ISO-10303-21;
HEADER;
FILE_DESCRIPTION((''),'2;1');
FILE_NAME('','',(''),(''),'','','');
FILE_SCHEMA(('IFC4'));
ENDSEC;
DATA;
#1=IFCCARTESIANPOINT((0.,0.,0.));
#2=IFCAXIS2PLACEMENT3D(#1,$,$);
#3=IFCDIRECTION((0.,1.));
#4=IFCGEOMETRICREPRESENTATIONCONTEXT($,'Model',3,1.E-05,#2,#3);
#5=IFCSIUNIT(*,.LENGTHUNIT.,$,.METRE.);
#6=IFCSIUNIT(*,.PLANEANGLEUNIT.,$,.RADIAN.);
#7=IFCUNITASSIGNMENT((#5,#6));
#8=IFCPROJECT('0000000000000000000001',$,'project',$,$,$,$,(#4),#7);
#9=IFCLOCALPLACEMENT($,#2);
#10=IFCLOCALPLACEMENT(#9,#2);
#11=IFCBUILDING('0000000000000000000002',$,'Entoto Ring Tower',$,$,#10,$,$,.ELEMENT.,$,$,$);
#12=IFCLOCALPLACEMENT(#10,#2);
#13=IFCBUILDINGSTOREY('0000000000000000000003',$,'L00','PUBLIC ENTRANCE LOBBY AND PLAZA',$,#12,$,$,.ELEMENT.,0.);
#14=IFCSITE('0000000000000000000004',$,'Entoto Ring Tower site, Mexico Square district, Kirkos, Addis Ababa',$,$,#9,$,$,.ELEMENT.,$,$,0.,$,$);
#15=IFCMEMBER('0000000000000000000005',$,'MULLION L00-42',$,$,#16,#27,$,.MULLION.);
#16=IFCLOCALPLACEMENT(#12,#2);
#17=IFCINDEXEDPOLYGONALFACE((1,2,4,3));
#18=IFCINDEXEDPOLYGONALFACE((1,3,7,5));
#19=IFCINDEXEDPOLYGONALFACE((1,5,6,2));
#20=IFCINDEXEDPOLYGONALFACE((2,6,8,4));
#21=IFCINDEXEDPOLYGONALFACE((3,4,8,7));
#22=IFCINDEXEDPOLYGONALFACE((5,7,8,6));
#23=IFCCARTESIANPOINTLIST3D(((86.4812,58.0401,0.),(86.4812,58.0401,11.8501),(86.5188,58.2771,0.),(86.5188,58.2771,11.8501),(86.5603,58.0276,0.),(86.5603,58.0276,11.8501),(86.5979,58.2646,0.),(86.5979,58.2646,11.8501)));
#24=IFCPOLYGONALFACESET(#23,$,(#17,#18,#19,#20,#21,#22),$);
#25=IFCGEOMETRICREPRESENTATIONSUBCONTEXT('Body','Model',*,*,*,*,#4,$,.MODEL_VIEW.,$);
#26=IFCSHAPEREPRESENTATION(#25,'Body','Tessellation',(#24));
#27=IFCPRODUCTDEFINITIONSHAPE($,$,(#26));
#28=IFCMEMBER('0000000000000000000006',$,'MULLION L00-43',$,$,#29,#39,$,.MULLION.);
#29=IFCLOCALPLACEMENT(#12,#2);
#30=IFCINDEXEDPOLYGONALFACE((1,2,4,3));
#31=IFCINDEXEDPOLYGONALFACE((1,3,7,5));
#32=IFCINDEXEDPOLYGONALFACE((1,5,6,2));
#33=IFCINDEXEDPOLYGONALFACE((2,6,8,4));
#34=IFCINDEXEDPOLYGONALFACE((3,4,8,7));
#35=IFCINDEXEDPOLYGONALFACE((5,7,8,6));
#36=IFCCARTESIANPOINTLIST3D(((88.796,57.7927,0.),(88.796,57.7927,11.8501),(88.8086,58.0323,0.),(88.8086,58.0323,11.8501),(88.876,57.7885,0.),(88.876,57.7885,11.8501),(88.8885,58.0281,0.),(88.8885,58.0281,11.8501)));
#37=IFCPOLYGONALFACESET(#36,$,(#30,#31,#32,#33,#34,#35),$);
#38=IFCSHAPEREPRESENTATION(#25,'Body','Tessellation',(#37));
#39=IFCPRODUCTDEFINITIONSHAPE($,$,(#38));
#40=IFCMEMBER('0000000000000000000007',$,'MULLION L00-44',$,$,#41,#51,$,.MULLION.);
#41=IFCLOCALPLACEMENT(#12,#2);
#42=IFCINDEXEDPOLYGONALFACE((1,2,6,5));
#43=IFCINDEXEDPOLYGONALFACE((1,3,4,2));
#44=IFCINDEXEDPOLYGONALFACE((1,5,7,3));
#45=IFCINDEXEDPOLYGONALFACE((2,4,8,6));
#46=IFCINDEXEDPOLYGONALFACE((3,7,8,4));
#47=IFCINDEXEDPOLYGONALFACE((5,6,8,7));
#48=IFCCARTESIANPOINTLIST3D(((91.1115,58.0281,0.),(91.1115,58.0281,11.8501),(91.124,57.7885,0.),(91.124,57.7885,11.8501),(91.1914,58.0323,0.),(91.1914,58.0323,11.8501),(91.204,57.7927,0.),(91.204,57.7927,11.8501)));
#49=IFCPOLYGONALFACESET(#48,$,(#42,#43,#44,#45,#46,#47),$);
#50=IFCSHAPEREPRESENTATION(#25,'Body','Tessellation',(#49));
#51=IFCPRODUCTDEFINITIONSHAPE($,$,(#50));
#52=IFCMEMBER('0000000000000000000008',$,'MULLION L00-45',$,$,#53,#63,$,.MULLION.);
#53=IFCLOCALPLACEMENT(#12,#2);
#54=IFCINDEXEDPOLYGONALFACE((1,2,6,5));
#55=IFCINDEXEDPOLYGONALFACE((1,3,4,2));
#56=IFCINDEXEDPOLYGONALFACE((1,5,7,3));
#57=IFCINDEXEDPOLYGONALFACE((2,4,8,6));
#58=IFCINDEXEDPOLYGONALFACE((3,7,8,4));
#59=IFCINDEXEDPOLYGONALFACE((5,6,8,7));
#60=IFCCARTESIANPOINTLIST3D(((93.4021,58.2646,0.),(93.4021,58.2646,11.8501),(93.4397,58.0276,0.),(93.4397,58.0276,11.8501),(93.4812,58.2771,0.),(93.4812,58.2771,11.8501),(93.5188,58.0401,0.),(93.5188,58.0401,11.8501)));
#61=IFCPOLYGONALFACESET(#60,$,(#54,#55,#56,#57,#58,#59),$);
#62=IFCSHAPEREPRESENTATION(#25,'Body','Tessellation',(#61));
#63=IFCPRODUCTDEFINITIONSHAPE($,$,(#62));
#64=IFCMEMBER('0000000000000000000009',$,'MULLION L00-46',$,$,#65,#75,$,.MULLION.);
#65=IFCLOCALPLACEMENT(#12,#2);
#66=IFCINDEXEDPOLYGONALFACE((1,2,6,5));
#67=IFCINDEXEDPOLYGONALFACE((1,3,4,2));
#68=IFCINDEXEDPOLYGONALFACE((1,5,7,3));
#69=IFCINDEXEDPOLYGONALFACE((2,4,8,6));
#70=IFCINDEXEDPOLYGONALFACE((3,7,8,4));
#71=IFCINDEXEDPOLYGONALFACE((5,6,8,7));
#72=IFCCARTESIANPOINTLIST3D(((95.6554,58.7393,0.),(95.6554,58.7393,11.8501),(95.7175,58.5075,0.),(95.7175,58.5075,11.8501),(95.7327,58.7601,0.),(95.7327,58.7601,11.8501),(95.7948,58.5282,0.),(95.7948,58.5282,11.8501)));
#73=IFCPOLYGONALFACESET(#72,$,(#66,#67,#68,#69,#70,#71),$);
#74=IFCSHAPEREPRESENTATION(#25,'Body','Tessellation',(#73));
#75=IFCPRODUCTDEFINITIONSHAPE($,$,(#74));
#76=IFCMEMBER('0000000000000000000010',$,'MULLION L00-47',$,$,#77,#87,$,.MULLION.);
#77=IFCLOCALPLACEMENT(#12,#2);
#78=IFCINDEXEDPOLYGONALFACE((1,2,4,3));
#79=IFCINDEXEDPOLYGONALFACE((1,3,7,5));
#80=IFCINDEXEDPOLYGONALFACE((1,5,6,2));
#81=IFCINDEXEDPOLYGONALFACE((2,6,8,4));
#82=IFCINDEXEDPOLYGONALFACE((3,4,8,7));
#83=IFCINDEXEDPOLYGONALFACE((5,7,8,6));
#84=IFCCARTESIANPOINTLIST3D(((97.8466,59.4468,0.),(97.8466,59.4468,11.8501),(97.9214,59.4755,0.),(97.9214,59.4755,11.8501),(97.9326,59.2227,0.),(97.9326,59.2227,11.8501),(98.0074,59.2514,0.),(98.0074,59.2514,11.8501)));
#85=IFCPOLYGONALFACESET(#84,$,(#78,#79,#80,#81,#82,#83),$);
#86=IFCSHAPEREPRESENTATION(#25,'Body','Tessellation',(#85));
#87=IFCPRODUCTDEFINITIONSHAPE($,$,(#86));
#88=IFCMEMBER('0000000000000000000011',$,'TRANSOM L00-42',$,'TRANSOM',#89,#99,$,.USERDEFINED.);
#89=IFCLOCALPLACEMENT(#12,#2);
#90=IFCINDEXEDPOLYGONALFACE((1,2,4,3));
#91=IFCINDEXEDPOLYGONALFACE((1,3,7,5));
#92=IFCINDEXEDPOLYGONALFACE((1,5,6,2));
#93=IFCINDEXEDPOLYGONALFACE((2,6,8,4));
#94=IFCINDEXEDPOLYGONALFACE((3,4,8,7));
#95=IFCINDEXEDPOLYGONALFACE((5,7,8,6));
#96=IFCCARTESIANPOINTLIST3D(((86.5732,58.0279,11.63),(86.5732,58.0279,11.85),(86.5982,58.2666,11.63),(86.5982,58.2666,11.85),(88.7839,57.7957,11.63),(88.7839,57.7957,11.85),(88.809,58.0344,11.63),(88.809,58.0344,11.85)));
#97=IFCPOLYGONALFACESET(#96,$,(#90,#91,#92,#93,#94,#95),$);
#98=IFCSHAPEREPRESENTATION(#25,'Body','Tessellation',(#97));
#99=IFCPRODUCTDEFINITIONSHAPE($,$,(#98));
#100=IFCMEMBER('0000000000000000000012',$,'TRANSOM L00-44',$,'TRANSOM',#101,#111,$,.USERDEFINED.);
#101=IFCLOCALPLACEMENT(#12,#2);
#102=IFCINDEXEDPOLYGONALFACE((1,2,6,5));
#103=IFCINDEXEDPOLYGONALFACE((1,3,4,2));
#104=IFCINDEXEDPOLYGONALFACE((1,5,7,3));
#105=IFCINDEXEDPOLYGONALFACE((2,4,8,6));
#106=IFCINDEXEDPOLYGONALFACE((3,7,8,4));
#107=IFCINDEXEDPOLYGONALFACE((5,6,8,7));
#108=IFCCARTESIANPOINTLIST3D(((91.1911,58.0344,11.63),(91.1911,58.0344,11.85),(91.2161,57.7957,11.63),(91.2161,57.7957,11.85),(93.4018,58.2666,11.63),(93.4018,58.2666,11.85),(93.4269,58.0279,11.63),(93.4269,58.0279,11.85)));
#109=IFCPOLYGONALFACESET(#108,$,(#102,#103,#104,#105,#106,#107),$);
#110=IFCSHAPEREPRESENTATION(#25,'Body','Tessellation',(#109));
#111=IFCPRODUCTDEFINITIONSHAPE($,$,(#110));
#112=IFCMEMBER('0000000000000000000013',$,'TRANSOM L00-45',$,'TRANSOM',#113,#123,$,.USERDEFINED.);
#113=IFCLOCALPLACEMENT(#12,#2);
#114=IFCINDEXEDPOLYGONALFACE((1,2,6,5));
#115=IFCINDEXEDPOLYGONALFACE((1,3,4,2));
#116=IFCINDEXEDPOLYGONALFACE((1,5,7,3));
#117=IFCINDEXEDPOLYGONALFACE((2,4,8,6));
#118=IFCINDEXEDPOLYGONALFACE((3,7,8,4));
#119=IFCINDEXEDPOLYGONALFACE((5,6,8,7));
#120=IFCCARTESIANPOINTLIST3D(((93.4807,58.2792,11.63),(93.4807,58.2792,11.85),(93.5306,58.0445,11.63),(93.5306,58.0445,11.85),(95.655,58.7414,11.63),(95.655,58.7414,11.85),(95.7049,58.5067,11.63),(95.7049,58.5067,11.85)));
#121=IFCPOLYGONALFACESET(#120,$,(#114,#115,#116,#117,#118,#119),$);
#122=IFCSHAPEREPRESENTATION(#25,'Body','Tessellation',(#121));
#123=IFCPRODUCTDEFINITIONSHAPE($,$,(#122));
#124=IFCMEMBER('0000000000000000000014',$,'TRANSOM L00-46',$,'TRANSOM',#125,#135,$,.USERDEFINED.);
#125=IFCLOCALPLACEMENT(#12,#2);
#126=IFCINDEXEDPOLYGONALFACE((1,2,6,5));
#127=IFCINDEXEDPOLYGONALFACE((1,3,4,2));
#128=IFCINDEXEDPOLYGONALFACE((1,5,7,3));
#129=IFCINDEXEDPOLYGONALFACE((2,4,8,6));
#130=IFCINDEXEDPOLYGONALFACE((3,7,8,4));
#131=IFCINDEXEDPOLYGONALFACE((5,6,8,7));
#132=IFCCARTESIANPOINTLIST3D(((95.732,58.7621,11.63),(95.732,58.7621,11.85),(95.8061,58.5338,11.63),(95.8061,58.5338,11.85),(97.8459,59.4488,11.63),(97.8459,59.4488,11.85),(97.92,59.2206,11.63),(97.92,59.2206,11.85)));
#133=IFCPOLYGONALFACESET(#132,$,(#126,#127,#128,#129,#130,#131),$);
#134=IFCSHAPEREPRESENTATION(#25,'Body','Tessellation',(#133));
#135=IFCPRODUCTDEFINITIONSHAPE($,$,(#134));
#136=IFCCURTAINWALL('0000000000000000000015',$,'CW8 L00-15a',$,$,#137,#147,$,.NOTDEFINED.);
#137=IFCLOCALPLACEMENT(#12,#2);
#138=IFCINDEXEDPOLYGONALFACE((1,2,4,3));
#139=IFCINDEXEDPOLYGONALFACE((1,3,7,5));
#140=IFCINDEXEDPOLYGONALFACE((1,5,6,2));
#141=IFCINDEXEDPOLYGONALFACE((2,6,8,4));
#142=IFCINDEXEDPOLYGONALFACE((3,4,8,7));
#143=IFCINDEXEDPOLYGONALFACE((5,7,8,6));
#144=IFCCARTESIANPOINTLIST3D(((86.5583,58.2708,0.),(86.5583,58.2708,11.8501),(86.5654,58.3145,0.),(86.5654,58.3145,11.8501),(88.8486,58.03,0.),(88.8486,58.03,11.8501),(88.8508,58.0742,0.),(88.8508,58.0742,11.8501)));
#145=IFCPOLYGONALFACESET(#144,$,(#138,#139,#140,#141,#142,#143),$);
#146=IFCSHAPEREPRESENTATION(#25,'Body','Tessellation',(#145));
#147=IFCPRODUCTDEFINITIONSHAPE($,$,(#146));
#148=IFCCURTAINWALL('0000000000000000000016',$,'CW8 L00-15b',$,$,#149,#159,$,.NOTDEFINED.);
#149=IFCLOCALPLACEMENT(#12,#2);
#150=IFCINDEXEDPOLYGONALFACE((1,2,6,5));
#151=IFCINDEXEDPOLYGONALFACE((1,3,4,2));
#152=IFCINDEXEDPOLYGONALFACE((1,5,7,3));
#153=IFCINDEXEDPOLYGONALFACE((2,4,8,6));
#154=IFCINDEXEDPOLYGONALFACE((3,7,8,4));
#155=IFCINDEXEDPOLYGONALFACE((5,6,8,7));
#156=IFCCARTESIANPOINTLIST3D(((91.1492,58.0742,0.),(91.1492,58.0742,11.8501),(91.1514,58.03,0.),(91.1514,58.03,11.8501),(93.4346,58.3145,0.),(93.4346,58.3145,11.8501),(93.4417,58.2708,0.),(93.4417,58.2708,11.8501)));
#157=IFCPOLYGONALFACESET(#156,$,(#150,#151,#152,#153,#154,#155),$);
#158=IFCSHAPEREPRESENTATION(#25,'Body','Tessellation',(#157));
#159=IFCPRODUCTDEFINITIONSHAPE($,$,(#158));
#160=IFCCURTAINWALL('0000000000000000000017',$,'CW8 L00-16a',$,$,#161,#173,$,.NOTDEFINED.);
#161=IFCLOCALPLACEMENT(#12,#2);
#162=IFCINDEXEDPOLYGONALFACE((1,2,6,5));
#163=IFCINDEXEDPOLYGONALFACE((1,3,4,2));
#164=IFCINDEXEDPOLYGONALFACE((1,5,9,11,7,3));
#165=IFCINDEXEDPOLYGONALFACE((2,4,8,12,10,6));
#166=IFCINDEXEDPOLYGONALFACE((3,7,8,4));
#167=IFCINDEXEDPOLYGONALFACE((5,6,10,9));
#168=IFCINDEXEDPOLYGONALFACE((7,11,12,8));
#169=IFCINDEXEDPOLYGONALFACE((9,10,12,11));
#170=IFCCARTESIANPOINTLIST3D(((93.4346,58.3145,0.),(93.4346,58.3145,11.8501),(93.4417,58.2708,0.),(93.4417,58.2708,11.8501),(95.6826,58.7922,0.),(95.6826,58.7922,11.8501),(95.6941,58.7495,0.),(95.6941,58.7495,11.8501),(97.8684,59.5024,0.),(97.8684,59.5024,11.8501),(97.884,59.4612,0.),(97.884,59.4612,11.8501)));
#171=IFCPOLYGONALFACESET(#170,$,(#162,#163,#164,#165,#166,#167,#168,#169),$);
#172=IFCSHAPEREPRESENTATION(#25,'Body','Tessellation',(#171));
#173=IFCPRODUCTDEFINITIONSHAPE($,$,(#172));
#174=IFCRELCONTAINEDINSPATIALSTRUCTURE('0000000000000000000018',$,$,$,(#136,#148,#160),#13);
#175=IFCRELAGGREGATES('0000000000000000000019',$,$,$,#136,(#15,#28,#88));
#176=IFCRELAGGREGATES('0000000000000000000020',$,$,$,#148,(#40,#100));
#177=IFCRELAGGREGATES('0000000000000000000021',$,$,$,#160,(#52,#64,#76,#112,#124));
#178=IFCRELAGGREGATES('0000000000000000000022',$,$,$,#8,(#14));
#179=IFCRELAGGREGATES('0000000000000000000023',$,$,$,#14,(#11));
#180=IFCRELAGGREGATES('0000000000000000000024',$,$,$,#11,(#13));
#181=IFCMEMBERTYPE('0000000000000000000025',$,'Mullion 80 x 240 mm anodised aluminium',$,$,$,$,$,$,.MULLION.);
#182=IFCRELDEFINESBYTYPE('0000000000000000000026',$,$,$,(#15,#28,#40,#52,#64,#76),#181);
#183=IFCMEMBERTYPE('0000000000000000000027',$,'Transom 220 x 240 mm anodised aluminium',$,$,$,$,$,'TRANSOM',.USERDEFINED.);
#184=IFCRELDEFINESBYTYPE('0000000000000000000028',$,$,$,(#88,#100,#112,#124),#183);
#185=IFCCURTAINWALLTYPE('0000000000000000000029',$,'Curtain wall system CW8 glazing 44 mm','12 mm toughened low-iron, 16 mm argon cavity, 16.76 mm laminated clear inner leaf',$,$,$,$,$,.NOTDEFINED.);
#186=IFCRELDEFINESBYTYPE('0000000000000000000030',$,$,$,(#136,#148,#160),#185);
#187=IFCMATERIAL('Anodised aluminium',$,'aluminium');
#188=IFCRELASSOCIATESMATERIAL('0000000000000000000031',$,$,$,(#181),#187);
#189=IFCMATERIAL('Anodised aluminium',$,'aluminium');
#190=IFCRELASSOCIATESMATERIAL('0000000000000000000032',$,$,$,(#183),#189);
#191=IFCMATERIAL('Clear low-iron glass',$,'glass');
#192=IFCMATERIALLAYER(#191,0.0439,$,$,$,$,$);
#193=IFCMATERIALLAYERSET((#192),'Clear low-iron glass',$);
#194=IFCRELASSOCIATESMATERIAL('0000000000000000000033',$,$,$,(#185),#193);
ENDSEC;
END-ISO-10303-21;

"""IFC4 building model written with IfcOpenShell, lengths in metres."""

from ifc_helpers import new_model, si_unit, direction, frame, origin, origin_2d, place, context, subcontext, project, spatial, polyline, rectangle, outline, extrude, material, layer, layer_set, material_profile, profile_set, type_object, element, aggregate, save


model = new_model("IFC4")

# Units and contexts
model_context = context("Model", 3, precision=1e-05, world=origin(), true_north=direction((0.0, 1.0)))
body_context = subcontext(model_context, "Body", "Model", "MODEL_VIEW")
ifc_project = project(units=[si_unit("LENGTHUNIT", "METRE"), si_unit("PLANEANGLEUNIT", "RADIAN")], contexts=[model_context])

# Members
ifc_material_1 = material(Name="Anodised aluminium", Category="aluminium")
ifc_material_profile_1 = material_profile(ifc_material_1, rectangle(XDim=0.0801, YDim=0.24, at=origin_2d()), Name="Mullion 80 x 240 mm anodised aluminium")
ifc_profile_set_1 = profile_set([ifc_material_profile_1], Name="Anodised aluminium")
member_type_1 = type_object("IfcMemberType", Name="Mullion 80 x 240 mm anodised aluminium", PredefinedType="MULLION", material=ifc_profile_set_1)
site_placement = place(None, origin())
building_placement = place(site_placement, origin())
storey_placement = place(building_placement, origin())
member_1_placement = place(storey_placement, frame((86.5396, 58.1523, 0.0), z_axis=(0.0, 0.0, 1.0), x_axis=(0.987688, -0.156434, 0.0)))
member_1 = element("IfcMember", 1, at=member_1_placement, type_object=member_type_1, Name="MULLION L00-42", PredefinedType="MULLION", context=body_context, shape_type="SweptSolid", body=[
    extrude(rectangle(XDim=0.0801, YDim=0.24, at=origin_2d()), origin(), (0.0, 0.0, 1.0), 11.8501),
])
member_2_placement = place(storey_placement, frame((88.8423, 57.9104, 0.0), z_axis=(0.0, 0.0, 1.0), x_axis=(0.99863, -0.052336, 0.0)))
member_2 = element("IfcMember", 2, at=member_2_placement, type_object=member_type_1, Name="MULLION L00-43", PredefinedType="MULLION", context=body_context, shape_type="SweptSolid", body=[
    extrude(rectangle(XDim=0.0801, YDim=0.24, at=origin_2d()), origin(), (0.0, 0.0, 1.0), 11.8501),
])
member_3_placement = place(storey_placement, frame((91.1577, 57.9104, 0.0), z_axis=(0.0, 0.0, 1.0), x_axis=(0.99863, 0.052336, 0.0)))
member_3 = element("IfcMember", 3, at=member_3_placement, type_object=member_type_1, Name="MULLION L00-44", PredefinedType="MULLION", context=body_context, shape_type="SweptSolid", body=[
    extrude(rectangle(XDim=0.0801, YDim=0.24, at=origin_2d()), origin(), (0.0, 0.0, 1.0), 11.8501),
])
member_4_placement = place(storey_placement, frame((93.4604, 58.1523, 0.0), z_axis=(0.0, 0.0, 1.0), x_axis=(0.987688, 0.156434, 0.0)))
member_4 = element("IfcMember", 4, at=member_4_placement, type_object=member_type_1, Name="MULLION L00-45", PredefinedType="MULLION", context=body_context, shape_type="SweptSolid", body=[
    extrude(rectangle(XDim=0.0801, YDim=0.24, at=origin_2d()), origin(), (0.0, 0.0, 1.0), 11.8501),
])
member_5_placement = place(storey_placement, frame((95.7251, 58.6338, 0.0), z_axis=(0.0, 0.0, 1.0), x_axis=(0.965926, 0.258819, 0.0)))
member_5 = element("IfcMember", 5, at=member_5_placement, type_object=member_type_1, Name="MULLION L00-46", PredefinedType="MULLION", context=body_context, shape_type="SweptSolid", body=[
    extrude(rectangle(XDim=0.0801, YDim=0.24, at=origin_2d()), origin(), (0.0, 0.0, 1.0), 11.8501),
])
member_6_placement = place(storey_placement, frame((97.927, 59.3491, 0.0), z_axis=(0.0, 0.0, 1.0), x_axis=(0.93358, 0.358368, 0.0)))
member_6 = element("IfcMember", 6, at=member_6_placement, type_object=member_type_1, Name="MULLION L00-47", PredefinedType="MULLION", context=body_context, shape_type="SweptSolid", body=[
    extrude(rectangle(XDim=0.0801, YDim=0.24, at=origin_2d()), origin(), (0.0, 0.0, 1.0), 11.8501),
])
ifc_material_2 = material(Name="Anodised aluminium", Category="aluminium")
ifc_material_profile_2 = material_profile(ifc_material_2, rectangle(XDim=0.24, YDim=0.22, at=origin_2d()), Name="Transom 220 x 240 mm anodised aluminium")
ifc_profile_set_2 = profile_set([ifc_material_profile_2], Name="Anodised aluminium")
member_type_2 = type_object("IfcMemberType", Name="Transom 220 x 240 mm anodised aluminium", ElementType="TRANSOM", PredefinedType="USERDEFINED", material=ifc_profile_set_2)
member_7_placement = place(storey_placement, frame((86.5857, 58.1472, 11.74), z_axis=(0.99453, -0.10445, 0.0), x_axis=(0.10445, 0.99453, 0.0)))
member_7 = element("IfcMember", 7, at=member_7_placement, type_object=member_type_2, Name="TRANSOM L00-42", ObjectType="TRANSOM", PredefinedType="USERDEFINED", context=body_context, shape_type="SweptSolid", body=[
    extrude(rectangle(XDim=0.24, YDim=0.22, at=origin_2d()), origin(), (0.0, 0.0, 1.0), 2.2229),
])
member_8_placement = place(storey_placement, frame((91.2036, 57.915, 11.74), z_axis=(0.99453, 0.10445, 0.0), x_axis=(-0.10445, 0.99453, 0.0)))
member_8 = element("IfcMember", 8, at=member_8_placement, type_object=member_type_2, Name="TRANSOM L00-44", ObjectType="TRANSOM", PredefinedType="USERDEFINED", context=body_context, shape_type="SweptSolid", body=[
    extrude(rectangle(XDim=0.24, YDim=0.22, at=origin_2d()), origin(), (0.0, 0.0, 1.0), 2.2229),
])
member_9_placement = place(storey_placement, frame((93.5056, 58.1619, 11.74), z_axis=(0.978148, 0.207909, 0.0), x_axis=(-0.207909, 0.978148, 0.0)))
member_9 = element("IfcMember", 9, at=member_9_placement, type_object=member_type_2, Name="TRANSOM L00-45", ObjectType="TRANSOM", PredefinedType="USERDEFINED", context=body_context, shape_type="SweptSolid", body=[
    extrude(rectangle(XDim=0.24, YDim=0.22, at=origin_2d()), origin(), (0.0, 0.0, 1.0), 2.2229),
])
member_10_placement = place(storey_placement, frame((95.769, 58.6479, 11.74), z_axis=(0.951072, 0.308969, 0.0), x_axis=(-0.308969, 0.951072, 0.0)))
member_10 = element("IfcMember", 10, at=member_10_placement, type_object=member_type_2, Name="TRANSOM L00-46", ObjectType="TRANSOM", PredefinedType="USERDEFINED", context=body_context, shape_type="SweptSolid", body=[
    extrude(rectangle(XDim=0.24, YDim=0.22, at=origin_2d()), origin(), (0.0, 0.0, 1.0), 2.2227),
])

# Site, building, storey
site = spatial("IfcSite", under=ifc_project, at=site_placement, Name="Entoto Ring Tower site, Mexico Square district, Kirkos, Addis Ababa", CompositionType="ELEMENT", RefElevation=0.0)
building = spatial("IfcBuilding", under=site, at=building_placement, Name="Entoto Ring Tower", CompositionType="ELEMENT")
storey = spatial("IfcBuildingStorey", under=building, at=storey_placement, Name="L00", Description="PUBLIC ENTRANCE LOBBY AND PLAZA", CompositionType="ELEMENT", Elevation=0.0)

# Curtain walls
ifc_material_3 = material(Name="Clear low-iron glass", Category="glass")
ifc_layer = layer(ifc_material_3, 0.0439)
ifc_layer_set = layer_set([ifc_layer], Name="Clear low-iron glass")
curtain_wall_type = type_object("IfcCurtainWallType", Name="Curtain wall system CW8 glazing 44 mm", Description="12 mm toughened low-iron, 16 mm argon cavity, 16.76 mm laminated clear inner leaf", PredefinedType="NOTDEFINED", material=ifc_layer_set)
curtain_wall_1_placement = place(storey_placement, origin())
curtain_wall_1 = element("IfcCurtainWall", 11, at=curtain_wall_1_placement, inside=storey, type_object=curtain_wall_type, Name="CW8 L00-15a", PredefinedType="NOTDEFINED", context=body_context, shape_type="SweptSolid", body=[
    extrude(outline(polyline([(86.5583, 58.2708), (88.8486, 58.03), (88.8508, 58.0742), (86.5654, 58.3145), (86.5583, 58.2708)])), origin(), (0.0, 0.0, 1.0), 11.8501),
])
aggregate(curtain_wall_1, [member_1, member_2, member_7])
curtain_wall_2_placement = place(storey_placement, origin())
curtain_wall_2 = element("IfcCurtainWall", 12, at=curtain_wall_2_placement, inside=storey, type_object=curtain_wall_type, Name="CW8 L00-15b", PredefinedType="NOTDEFINED", context=body_context, shape_type="SweptSolid", body=[
    extrude(outline(polyline([(91.1514, 58.03), (93.4417, 58.2708), (93.4346, 58.3145), (91.1492, 58.0742), (91.1514, 58.03)])), origin(), (0.0, 0.0, 1.0), 11.8501),
])
aggregate(curtain_wall_2, [member_3, member_8])
curtain_wall_3_placement = place(storey_placement, origin())
curtain_wall_3 = element("IfcCurtainWall", 13, at=curtain_wall_3_placement, inside=storey, type_object=curtain_wall_type, Name="CW8 L00-16a", PredefinedType="NOTDEFINED", context=body_context, shape_type="SweptSolid", body=[
    extrude(outline(polyline([(93.4417, 58.2708), (95.6941, 58.7495), (97.884, 59.4612), (97.8684, 59.5024), (95.6826, 58.7922), (93.4346, 58.3145), (93.4417, 58.2708)])), origin(), (0.0, 0.0, 1.0), 11.8501),
])
aggregate(curtain_wall_3, [member_4, member_5, member_6, member_9, member_10])

save(model, "model.ifc")
